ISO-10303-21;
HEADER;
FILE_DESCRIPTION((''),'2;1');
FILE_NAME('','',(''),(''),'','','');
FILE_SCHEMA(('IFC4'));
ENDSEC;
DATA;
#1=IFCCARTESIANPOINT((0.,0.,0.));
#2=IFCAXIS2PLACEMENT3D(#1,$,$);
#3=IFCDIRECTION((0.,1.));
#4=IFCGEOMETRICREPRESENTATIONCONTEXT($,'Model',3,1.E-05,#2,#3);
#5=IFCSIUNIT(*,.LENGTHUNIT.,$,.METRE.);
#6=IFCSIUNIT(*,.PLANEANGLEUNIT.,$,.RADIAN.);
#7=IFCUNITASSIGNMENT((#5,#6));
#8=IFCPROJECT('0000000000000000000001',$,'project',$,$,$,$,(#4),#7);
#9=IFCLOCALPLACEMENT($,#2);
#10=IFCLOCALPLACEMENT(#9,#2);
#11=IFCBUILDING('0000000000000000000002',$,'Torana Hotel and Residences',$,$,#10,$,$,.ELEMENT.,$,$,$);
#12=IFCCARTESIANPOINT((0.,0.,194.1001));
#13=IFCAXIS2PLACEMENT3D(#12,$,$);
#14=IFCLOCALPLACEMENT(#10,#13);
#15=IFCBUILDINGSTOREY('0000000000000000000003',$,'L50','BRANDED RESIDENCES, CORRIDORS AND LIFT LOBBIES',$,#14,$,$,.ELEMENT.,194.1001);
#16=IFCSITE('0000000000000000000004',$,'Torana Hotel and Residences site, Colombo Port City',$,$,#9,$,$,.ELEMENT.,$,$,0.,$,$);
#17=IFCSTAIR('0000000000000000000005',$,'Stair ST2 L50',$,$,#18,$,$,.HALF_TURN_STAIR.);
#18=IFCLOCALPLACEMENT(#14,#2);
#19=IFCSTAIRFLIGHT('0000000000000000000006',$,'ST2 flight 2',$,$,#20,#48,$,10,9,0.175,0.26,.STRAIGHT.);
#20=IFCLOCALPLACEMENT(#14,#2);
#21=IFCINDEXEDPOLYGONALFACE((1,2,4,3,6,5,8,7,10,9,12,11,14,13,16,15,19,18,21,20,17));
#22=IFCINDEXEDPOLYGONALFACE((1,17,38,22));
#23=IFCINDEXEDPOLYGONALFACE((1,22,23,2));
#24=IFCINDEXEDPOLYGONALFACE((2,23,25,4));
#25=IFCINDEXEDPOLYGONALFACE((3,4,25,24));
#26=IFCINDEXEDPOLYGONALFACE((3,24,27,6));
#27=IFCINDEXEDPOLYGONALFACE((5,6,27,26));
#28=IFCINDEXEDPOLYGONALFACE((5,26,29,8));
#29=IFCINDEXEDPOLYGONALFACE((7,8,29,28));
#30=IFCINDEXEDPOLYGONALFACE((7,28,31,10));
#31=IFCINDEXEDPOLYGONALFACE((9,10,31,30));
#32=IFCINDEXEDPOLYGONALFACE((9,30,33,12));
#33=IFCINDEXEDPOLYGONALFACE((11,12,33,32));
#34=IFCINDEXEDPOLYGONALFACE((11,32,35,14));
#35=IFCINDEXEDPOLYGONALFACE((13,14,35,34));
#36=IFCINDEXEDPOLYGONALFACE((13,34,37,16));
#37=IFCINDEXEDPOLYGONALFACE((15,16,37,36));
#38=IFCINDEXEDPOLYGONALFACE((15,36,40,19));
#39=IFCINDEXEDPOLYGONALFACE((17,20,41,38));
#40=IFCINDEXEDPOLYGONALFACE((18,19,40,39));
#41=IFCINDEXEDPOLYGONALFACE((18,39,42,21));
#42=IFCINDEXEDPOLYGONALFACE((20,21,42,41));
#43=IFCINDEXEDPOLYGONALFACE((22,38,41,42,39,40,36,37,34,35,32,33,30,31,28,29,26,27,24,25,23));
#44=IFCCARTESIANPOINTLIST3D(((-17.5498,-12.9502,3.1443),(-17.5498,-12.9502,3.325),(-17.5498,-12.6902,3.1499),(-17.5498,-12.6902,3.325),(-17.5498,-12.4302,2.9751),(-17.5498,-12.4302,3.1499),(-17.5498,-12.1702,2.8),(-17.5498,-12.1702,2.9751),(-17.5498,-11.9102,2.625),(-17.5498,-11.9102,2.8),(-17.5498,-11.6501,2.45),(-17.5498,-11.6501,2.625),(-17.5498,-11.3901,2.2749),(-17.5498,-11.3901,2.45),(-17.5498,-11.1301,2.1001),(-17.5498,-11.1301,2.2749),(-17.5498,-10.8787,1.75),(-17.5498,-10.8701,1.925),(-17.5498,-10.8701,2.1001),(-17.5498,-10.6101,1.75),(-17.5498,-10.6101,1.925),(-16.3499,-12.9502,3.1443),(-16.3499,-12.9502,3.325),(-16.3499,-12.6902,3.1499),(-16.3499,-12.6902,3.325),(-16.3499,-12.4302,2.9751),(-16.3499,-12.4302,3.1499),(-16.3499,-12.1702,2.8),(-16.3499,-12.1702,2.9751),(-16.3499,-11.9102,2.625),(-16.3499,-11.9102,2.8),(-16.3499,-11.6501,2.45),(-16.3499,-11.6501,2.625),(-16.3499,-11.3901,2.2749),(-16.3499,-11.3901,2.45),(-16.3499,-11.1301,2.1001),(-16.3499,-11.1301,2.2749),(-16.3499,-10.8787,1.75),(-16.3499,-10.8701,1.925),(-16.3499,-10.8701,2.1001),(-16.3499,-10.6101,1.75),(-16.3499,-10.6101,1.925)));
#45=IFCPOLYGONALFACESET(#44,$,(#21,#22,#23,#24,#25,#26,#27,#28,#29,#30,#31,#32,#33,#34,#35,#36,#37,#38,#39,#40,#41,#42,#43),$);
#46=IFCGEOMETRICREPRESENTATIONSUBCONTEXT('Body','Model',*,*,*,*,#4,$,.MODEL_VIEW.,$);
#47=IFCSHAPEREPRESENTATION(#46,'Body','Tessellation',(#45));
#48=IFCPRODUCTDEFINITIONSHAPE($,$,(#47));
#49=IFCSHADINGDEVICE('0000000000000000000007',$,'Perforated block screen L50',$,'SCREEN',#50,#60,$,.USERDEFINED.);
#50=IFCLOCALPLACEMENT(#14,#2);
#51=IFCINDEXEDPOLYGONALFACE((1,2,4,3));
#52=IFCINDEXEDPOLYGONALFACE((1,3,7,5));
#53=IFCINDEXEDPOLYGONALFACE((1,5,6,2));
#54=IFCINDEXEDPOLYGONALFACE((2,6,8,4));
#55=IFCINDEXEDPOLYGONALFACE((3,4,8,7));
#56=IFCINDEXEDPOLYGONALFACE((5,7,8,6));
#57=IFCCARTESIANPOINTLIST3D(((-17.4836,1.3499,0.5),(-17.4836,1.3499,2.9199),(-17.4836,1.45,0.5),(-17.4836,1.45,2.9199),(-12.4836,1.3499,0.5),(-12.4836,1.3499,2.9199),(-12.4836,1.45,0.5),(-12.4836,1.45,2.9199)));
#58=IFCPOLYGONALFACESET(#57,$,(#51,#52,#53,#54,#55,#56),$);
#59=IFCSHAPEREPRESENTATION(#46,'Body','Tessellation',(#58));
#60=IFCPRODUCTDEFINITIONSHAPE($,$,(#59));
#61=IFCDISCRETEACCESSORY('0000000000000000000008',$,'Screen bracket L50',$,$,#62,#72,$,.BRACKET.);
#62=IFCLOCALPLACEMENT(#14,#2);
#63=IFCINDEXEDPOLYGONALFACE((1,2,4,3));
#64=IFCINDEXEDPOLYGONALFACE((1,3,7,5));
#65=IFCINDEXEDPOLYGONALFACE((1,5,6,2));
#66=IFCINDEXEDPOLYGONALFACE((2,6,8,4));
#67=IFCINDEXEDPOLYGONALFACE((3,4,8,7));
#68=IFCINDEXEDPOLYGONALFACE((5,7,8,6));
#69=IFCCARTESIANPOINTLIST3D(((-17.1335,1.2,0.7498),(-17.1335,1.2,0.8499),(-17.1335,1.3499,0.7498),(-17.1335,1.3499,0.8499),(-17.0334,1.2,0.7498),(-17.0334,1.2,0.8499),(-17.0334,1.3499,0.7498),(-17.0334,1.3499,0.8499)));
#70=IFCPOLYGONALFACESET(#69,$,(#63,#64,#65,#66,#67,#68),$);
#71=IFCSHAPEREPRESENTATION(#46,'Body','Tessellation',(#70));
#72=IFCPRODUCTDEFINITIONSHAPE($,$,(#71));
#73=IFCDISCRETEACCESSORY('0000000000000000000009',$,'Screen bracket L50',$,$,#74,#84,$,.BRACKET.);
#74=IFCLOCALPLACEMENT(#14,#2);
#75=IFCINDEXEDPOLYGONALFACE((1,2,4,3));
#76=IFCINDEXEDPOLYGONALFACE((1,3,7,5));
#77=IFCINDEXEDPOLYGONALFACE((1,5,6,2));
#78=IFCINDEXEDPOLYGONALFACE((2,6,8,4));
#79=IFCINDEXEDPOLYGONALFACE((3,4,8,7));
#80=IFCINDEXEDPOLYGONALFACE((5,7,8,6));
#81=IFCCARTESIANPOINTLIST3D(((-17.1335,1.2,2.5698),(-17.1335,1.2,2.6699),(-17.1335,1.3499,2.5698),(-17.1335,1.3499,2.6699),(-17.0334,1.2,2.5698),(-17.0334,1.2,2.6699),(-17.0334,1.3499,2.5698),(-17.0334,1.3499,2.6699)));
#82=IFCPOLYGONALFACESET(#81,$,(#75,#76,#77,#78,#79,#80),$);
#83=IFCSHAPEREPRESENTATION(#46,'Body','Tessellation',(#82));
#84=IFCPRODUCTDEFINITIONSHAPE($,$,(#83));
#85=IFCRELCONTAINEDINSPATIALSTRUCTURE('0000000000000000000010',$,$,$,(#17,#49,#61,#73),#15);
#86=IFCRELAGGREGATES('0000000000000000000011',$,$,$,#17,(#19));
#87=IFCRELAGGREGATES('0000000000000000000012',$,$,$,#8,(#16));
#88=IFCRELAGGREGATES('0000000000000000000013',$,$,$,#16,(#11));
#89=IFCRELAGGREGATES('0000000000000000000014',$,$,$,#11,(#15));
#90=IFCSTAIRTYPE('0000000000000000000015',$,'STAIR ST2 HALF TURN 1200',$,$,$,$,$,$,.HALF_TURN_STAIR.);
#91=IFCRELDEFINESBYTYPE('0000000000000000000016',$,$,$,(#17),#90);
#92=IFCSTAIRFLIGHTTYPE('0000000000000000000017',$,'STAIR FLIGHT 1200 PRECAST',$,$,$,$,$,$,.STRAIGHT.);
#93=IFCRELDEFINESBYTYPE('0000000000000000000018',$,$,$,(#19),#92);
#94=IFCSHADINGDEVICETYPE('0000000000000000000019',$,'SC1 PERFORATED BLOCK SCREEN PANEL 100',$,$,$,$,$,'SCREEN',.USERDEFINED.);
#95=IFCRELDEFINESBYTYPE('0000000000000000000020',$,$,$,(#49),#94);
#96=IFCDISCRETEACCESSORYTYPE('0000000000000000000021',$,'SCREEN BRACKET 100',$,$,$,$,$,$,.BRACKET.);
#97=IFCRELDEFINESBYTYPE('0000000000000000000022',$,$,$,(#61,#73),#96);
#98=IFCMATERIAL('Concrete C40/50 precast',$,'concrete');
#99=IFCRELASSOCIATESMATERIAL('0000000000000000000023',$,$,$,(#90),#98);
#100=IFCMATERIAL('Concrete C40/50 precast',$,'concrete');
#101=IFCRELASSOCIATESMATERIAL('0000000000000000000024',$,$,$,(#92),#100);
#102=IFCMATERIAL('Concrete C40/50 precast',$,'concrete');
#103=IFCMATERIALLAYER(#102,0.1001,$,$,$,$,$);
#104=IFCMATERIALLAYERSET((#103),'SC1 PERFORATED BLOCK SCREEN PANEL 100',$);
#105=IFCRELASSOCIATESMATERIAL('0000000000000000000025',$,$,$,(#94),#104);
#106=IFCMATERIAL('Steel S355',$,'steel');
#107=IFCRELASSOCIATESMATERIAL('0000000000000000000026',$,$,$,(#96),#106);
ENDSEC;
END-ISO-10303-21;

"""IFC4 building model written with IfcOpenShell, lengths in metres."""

from ifc_helpers import new_model, si_unit, direction, frame, origin, origin_2d, place, context, subcontext, project, spatial, polyline, rectangle, outline, extrude, material, layer, layer_set, type_object, element, aggregate, save


model = new_model("IFC4")

# Units and contexts
model_context = context("Model", 3, precision=1e-05, world=origin(), true_north=direction((0.0, 1.0)))
body_context = subcontext(model_context, "Body", "Model", "MODEL_VIEW")
ifc_project = project(units=[si_unit("LENGTHUNIT", "METRE"), si_unit("PLANEANGLEUNIT", "RADIAN")], contexts=[model_context])

# Site, building, storey
site_placement = place(None, origin())
site = spatial("IfcSite", under=ifc_project, at=site_placement, Name="Torana Hotel and Residences site, Colombo Port City", CompositionType="ELEMENT", RefElevation=0.0)
building_placement = place(site_placement, origin())
building = spatial("IfcBuilding", under=site, at=building_placement, Name="Torana Hotel and Residences", CompositionType="ELEMENT")
storey_placement = place(building_placement, frame((0.0, 0.0, 194.1001)))
storey = spatial("IfcBuildingStorey", under=building, at=storey_placement, Name="L50", Description="BRANDED RESIDENCES, CORRIDORS AND LIFT LOBBIES", CompositionType="ELEMENT", Elevation=194.1001)

# Stair, stair flight
ifc_material_1 = material(Name="Concrete C40/50 precast", Category="concrete")
stair_type = type_object("IfcStairType", Name="STAIR ST2 HALF TURN 1200", PredefinedType="HALF_TURN_STAIR", material=ifc_material_1)
stair_placement = place(storey_placement, origin())
stair = element("IfcStair", 1, at=stair_placement, inside=storey, type_object=stair_type, Name="Stair ST2 L50", PredefinedType="HALF_TURN_STAIR")
ifc_material_2 = material(Name="Concrete C40/50 precast", Category="concrete")
stair_flight_type = type_object("IfcStairFlightType", Name="STAIR FLIGHT 1200 PRECAST", PredefinedType="STRAIGHT", material=ifc_material_2)
stair_flight_1_placement = place(storey_placement, frame((-16.95, -10.6101, 1.75), z_axis=(0.0, 0.0, 1.0), x_axis=(0.0, -1.0, 0.0)))
stair_flight_1 = element("IfcStairFlight", 2, at=stair_flight_1_placement, type_object=stair_flight_type, Name="ST2 flight 2", NumberOfRisers=10, NumberOfTreads=9, PredefinedType="STRAIGHT", RiserHeight=0.175, TreadLength=0.26, context=body_context, shape_type="SweptSolid", body=[
    extrude(outline(polyline([(0.0, 0.0), (0.0, 0.175), (0.26, 0.175), (0.26, 0.3501), (0.52, 0.3501), (0.52, 0.5249), (0.78, 0.5249), (0.78, 0.7), (1.04, 0.7), (1.04, 0.875), (1.3, 0.875), (1.3, 1.05), (1.5601, 1.05), (1.5601, 1.2251), (1.8201, 1.2251), (1.8201, 1.3999), (2.0801, 1.3999), (2.0801, 1.575), (2.3401, 1.575), (2.3401, 1.75), (2.3401, 1.3943), (0.2686, 0.0), (0.0, 0.0)])), frame((0.0, 0.6001, 0.0), z_axis=(0.0, -1.0, 0.0), x_axis=(1.0, 0.0, 0.0)), (0.0, 0.0, 1.0), 1.2),
])
aggregate(stair, [stair_flight_1])

# Shading device
ifc_material_3 = material(Name="Concrete C40/50 precast", Category="concrete")
ifc_layer_1 = layer(ifc_material_3, 0.1001)
ifc_layer_set_1 = layer_set([ifc_layer_1], Name="SC1 PERFORATED BLOCK SCREEN PANEL 100")
shading_device_type = type_object("IfcShadingDeviceType", Name="SC1 PERFORATED BLOCK SCREEN PANEL 100", ElementType="SCREEN", PredefinedType="USERDEFINED", material=ifc_layer_set_1)
shading_device_placement = place(storey_placement, frame((-14.9836, 1.3999, 0.5), z_axis=(0.0, 0.0, 1.0), x_axis=(-1.0, 0.0, 0.0)))
element("IfcShadingDevice", 3, at=shading_device_placement, inside=storey, type_object=shading_device_type, Name="Perforated block screen L50", ObjectType="SCREEN", PredefinedType="USERDEFINED", context=body_context, shape_type="SweptSolid", body=[
    extrude(rectangle(XDim=5.0, YDim=0.1001, at=origin_2d()), origin(), (0.0, 0.0, 1.0), 2.4199),
])

# Discrete accessories
ifc_material_4 = material(Name="Steel S355", Category="steel")
discrete_accessory_type = type_object("IfcDiscreteAccessoryType", Name="SCREEN BRACKET 100", PredefinedType="BRACKET", material=ifc_material_4)
for number, where, z_axis, x_axis, name in (
    (4, (-17.0835, 1.2749, 0.7498), (0.0, 0.0, 1.0), (-1.0, 0.0, 0.0), "Screen bracket L50"),
    (5, (-17.0835, 1.2749, 2.5698), (0.0, 0.0, 1.0), (-1.0, 0.0, 0.0), "Screen bracket L50"),
):
    element("IfcDiscreteAccessory", number, at=place(storey_placement, frame(where, z_axis=z_axis, x_axis=x_axis)), inside=storey, type_object=discrete_accessory_type, Name=name, PredefinedType="BRACKET", context=body_context, shape_type="SweptSolid", body=[
        extrude(rectangle(XDim=0.1001, YDim=0.1499, at=origin_2d()), origin(), (0.0, 0.0, 1.0), 0.1001),
    ])

save(model, "model.ifc")
